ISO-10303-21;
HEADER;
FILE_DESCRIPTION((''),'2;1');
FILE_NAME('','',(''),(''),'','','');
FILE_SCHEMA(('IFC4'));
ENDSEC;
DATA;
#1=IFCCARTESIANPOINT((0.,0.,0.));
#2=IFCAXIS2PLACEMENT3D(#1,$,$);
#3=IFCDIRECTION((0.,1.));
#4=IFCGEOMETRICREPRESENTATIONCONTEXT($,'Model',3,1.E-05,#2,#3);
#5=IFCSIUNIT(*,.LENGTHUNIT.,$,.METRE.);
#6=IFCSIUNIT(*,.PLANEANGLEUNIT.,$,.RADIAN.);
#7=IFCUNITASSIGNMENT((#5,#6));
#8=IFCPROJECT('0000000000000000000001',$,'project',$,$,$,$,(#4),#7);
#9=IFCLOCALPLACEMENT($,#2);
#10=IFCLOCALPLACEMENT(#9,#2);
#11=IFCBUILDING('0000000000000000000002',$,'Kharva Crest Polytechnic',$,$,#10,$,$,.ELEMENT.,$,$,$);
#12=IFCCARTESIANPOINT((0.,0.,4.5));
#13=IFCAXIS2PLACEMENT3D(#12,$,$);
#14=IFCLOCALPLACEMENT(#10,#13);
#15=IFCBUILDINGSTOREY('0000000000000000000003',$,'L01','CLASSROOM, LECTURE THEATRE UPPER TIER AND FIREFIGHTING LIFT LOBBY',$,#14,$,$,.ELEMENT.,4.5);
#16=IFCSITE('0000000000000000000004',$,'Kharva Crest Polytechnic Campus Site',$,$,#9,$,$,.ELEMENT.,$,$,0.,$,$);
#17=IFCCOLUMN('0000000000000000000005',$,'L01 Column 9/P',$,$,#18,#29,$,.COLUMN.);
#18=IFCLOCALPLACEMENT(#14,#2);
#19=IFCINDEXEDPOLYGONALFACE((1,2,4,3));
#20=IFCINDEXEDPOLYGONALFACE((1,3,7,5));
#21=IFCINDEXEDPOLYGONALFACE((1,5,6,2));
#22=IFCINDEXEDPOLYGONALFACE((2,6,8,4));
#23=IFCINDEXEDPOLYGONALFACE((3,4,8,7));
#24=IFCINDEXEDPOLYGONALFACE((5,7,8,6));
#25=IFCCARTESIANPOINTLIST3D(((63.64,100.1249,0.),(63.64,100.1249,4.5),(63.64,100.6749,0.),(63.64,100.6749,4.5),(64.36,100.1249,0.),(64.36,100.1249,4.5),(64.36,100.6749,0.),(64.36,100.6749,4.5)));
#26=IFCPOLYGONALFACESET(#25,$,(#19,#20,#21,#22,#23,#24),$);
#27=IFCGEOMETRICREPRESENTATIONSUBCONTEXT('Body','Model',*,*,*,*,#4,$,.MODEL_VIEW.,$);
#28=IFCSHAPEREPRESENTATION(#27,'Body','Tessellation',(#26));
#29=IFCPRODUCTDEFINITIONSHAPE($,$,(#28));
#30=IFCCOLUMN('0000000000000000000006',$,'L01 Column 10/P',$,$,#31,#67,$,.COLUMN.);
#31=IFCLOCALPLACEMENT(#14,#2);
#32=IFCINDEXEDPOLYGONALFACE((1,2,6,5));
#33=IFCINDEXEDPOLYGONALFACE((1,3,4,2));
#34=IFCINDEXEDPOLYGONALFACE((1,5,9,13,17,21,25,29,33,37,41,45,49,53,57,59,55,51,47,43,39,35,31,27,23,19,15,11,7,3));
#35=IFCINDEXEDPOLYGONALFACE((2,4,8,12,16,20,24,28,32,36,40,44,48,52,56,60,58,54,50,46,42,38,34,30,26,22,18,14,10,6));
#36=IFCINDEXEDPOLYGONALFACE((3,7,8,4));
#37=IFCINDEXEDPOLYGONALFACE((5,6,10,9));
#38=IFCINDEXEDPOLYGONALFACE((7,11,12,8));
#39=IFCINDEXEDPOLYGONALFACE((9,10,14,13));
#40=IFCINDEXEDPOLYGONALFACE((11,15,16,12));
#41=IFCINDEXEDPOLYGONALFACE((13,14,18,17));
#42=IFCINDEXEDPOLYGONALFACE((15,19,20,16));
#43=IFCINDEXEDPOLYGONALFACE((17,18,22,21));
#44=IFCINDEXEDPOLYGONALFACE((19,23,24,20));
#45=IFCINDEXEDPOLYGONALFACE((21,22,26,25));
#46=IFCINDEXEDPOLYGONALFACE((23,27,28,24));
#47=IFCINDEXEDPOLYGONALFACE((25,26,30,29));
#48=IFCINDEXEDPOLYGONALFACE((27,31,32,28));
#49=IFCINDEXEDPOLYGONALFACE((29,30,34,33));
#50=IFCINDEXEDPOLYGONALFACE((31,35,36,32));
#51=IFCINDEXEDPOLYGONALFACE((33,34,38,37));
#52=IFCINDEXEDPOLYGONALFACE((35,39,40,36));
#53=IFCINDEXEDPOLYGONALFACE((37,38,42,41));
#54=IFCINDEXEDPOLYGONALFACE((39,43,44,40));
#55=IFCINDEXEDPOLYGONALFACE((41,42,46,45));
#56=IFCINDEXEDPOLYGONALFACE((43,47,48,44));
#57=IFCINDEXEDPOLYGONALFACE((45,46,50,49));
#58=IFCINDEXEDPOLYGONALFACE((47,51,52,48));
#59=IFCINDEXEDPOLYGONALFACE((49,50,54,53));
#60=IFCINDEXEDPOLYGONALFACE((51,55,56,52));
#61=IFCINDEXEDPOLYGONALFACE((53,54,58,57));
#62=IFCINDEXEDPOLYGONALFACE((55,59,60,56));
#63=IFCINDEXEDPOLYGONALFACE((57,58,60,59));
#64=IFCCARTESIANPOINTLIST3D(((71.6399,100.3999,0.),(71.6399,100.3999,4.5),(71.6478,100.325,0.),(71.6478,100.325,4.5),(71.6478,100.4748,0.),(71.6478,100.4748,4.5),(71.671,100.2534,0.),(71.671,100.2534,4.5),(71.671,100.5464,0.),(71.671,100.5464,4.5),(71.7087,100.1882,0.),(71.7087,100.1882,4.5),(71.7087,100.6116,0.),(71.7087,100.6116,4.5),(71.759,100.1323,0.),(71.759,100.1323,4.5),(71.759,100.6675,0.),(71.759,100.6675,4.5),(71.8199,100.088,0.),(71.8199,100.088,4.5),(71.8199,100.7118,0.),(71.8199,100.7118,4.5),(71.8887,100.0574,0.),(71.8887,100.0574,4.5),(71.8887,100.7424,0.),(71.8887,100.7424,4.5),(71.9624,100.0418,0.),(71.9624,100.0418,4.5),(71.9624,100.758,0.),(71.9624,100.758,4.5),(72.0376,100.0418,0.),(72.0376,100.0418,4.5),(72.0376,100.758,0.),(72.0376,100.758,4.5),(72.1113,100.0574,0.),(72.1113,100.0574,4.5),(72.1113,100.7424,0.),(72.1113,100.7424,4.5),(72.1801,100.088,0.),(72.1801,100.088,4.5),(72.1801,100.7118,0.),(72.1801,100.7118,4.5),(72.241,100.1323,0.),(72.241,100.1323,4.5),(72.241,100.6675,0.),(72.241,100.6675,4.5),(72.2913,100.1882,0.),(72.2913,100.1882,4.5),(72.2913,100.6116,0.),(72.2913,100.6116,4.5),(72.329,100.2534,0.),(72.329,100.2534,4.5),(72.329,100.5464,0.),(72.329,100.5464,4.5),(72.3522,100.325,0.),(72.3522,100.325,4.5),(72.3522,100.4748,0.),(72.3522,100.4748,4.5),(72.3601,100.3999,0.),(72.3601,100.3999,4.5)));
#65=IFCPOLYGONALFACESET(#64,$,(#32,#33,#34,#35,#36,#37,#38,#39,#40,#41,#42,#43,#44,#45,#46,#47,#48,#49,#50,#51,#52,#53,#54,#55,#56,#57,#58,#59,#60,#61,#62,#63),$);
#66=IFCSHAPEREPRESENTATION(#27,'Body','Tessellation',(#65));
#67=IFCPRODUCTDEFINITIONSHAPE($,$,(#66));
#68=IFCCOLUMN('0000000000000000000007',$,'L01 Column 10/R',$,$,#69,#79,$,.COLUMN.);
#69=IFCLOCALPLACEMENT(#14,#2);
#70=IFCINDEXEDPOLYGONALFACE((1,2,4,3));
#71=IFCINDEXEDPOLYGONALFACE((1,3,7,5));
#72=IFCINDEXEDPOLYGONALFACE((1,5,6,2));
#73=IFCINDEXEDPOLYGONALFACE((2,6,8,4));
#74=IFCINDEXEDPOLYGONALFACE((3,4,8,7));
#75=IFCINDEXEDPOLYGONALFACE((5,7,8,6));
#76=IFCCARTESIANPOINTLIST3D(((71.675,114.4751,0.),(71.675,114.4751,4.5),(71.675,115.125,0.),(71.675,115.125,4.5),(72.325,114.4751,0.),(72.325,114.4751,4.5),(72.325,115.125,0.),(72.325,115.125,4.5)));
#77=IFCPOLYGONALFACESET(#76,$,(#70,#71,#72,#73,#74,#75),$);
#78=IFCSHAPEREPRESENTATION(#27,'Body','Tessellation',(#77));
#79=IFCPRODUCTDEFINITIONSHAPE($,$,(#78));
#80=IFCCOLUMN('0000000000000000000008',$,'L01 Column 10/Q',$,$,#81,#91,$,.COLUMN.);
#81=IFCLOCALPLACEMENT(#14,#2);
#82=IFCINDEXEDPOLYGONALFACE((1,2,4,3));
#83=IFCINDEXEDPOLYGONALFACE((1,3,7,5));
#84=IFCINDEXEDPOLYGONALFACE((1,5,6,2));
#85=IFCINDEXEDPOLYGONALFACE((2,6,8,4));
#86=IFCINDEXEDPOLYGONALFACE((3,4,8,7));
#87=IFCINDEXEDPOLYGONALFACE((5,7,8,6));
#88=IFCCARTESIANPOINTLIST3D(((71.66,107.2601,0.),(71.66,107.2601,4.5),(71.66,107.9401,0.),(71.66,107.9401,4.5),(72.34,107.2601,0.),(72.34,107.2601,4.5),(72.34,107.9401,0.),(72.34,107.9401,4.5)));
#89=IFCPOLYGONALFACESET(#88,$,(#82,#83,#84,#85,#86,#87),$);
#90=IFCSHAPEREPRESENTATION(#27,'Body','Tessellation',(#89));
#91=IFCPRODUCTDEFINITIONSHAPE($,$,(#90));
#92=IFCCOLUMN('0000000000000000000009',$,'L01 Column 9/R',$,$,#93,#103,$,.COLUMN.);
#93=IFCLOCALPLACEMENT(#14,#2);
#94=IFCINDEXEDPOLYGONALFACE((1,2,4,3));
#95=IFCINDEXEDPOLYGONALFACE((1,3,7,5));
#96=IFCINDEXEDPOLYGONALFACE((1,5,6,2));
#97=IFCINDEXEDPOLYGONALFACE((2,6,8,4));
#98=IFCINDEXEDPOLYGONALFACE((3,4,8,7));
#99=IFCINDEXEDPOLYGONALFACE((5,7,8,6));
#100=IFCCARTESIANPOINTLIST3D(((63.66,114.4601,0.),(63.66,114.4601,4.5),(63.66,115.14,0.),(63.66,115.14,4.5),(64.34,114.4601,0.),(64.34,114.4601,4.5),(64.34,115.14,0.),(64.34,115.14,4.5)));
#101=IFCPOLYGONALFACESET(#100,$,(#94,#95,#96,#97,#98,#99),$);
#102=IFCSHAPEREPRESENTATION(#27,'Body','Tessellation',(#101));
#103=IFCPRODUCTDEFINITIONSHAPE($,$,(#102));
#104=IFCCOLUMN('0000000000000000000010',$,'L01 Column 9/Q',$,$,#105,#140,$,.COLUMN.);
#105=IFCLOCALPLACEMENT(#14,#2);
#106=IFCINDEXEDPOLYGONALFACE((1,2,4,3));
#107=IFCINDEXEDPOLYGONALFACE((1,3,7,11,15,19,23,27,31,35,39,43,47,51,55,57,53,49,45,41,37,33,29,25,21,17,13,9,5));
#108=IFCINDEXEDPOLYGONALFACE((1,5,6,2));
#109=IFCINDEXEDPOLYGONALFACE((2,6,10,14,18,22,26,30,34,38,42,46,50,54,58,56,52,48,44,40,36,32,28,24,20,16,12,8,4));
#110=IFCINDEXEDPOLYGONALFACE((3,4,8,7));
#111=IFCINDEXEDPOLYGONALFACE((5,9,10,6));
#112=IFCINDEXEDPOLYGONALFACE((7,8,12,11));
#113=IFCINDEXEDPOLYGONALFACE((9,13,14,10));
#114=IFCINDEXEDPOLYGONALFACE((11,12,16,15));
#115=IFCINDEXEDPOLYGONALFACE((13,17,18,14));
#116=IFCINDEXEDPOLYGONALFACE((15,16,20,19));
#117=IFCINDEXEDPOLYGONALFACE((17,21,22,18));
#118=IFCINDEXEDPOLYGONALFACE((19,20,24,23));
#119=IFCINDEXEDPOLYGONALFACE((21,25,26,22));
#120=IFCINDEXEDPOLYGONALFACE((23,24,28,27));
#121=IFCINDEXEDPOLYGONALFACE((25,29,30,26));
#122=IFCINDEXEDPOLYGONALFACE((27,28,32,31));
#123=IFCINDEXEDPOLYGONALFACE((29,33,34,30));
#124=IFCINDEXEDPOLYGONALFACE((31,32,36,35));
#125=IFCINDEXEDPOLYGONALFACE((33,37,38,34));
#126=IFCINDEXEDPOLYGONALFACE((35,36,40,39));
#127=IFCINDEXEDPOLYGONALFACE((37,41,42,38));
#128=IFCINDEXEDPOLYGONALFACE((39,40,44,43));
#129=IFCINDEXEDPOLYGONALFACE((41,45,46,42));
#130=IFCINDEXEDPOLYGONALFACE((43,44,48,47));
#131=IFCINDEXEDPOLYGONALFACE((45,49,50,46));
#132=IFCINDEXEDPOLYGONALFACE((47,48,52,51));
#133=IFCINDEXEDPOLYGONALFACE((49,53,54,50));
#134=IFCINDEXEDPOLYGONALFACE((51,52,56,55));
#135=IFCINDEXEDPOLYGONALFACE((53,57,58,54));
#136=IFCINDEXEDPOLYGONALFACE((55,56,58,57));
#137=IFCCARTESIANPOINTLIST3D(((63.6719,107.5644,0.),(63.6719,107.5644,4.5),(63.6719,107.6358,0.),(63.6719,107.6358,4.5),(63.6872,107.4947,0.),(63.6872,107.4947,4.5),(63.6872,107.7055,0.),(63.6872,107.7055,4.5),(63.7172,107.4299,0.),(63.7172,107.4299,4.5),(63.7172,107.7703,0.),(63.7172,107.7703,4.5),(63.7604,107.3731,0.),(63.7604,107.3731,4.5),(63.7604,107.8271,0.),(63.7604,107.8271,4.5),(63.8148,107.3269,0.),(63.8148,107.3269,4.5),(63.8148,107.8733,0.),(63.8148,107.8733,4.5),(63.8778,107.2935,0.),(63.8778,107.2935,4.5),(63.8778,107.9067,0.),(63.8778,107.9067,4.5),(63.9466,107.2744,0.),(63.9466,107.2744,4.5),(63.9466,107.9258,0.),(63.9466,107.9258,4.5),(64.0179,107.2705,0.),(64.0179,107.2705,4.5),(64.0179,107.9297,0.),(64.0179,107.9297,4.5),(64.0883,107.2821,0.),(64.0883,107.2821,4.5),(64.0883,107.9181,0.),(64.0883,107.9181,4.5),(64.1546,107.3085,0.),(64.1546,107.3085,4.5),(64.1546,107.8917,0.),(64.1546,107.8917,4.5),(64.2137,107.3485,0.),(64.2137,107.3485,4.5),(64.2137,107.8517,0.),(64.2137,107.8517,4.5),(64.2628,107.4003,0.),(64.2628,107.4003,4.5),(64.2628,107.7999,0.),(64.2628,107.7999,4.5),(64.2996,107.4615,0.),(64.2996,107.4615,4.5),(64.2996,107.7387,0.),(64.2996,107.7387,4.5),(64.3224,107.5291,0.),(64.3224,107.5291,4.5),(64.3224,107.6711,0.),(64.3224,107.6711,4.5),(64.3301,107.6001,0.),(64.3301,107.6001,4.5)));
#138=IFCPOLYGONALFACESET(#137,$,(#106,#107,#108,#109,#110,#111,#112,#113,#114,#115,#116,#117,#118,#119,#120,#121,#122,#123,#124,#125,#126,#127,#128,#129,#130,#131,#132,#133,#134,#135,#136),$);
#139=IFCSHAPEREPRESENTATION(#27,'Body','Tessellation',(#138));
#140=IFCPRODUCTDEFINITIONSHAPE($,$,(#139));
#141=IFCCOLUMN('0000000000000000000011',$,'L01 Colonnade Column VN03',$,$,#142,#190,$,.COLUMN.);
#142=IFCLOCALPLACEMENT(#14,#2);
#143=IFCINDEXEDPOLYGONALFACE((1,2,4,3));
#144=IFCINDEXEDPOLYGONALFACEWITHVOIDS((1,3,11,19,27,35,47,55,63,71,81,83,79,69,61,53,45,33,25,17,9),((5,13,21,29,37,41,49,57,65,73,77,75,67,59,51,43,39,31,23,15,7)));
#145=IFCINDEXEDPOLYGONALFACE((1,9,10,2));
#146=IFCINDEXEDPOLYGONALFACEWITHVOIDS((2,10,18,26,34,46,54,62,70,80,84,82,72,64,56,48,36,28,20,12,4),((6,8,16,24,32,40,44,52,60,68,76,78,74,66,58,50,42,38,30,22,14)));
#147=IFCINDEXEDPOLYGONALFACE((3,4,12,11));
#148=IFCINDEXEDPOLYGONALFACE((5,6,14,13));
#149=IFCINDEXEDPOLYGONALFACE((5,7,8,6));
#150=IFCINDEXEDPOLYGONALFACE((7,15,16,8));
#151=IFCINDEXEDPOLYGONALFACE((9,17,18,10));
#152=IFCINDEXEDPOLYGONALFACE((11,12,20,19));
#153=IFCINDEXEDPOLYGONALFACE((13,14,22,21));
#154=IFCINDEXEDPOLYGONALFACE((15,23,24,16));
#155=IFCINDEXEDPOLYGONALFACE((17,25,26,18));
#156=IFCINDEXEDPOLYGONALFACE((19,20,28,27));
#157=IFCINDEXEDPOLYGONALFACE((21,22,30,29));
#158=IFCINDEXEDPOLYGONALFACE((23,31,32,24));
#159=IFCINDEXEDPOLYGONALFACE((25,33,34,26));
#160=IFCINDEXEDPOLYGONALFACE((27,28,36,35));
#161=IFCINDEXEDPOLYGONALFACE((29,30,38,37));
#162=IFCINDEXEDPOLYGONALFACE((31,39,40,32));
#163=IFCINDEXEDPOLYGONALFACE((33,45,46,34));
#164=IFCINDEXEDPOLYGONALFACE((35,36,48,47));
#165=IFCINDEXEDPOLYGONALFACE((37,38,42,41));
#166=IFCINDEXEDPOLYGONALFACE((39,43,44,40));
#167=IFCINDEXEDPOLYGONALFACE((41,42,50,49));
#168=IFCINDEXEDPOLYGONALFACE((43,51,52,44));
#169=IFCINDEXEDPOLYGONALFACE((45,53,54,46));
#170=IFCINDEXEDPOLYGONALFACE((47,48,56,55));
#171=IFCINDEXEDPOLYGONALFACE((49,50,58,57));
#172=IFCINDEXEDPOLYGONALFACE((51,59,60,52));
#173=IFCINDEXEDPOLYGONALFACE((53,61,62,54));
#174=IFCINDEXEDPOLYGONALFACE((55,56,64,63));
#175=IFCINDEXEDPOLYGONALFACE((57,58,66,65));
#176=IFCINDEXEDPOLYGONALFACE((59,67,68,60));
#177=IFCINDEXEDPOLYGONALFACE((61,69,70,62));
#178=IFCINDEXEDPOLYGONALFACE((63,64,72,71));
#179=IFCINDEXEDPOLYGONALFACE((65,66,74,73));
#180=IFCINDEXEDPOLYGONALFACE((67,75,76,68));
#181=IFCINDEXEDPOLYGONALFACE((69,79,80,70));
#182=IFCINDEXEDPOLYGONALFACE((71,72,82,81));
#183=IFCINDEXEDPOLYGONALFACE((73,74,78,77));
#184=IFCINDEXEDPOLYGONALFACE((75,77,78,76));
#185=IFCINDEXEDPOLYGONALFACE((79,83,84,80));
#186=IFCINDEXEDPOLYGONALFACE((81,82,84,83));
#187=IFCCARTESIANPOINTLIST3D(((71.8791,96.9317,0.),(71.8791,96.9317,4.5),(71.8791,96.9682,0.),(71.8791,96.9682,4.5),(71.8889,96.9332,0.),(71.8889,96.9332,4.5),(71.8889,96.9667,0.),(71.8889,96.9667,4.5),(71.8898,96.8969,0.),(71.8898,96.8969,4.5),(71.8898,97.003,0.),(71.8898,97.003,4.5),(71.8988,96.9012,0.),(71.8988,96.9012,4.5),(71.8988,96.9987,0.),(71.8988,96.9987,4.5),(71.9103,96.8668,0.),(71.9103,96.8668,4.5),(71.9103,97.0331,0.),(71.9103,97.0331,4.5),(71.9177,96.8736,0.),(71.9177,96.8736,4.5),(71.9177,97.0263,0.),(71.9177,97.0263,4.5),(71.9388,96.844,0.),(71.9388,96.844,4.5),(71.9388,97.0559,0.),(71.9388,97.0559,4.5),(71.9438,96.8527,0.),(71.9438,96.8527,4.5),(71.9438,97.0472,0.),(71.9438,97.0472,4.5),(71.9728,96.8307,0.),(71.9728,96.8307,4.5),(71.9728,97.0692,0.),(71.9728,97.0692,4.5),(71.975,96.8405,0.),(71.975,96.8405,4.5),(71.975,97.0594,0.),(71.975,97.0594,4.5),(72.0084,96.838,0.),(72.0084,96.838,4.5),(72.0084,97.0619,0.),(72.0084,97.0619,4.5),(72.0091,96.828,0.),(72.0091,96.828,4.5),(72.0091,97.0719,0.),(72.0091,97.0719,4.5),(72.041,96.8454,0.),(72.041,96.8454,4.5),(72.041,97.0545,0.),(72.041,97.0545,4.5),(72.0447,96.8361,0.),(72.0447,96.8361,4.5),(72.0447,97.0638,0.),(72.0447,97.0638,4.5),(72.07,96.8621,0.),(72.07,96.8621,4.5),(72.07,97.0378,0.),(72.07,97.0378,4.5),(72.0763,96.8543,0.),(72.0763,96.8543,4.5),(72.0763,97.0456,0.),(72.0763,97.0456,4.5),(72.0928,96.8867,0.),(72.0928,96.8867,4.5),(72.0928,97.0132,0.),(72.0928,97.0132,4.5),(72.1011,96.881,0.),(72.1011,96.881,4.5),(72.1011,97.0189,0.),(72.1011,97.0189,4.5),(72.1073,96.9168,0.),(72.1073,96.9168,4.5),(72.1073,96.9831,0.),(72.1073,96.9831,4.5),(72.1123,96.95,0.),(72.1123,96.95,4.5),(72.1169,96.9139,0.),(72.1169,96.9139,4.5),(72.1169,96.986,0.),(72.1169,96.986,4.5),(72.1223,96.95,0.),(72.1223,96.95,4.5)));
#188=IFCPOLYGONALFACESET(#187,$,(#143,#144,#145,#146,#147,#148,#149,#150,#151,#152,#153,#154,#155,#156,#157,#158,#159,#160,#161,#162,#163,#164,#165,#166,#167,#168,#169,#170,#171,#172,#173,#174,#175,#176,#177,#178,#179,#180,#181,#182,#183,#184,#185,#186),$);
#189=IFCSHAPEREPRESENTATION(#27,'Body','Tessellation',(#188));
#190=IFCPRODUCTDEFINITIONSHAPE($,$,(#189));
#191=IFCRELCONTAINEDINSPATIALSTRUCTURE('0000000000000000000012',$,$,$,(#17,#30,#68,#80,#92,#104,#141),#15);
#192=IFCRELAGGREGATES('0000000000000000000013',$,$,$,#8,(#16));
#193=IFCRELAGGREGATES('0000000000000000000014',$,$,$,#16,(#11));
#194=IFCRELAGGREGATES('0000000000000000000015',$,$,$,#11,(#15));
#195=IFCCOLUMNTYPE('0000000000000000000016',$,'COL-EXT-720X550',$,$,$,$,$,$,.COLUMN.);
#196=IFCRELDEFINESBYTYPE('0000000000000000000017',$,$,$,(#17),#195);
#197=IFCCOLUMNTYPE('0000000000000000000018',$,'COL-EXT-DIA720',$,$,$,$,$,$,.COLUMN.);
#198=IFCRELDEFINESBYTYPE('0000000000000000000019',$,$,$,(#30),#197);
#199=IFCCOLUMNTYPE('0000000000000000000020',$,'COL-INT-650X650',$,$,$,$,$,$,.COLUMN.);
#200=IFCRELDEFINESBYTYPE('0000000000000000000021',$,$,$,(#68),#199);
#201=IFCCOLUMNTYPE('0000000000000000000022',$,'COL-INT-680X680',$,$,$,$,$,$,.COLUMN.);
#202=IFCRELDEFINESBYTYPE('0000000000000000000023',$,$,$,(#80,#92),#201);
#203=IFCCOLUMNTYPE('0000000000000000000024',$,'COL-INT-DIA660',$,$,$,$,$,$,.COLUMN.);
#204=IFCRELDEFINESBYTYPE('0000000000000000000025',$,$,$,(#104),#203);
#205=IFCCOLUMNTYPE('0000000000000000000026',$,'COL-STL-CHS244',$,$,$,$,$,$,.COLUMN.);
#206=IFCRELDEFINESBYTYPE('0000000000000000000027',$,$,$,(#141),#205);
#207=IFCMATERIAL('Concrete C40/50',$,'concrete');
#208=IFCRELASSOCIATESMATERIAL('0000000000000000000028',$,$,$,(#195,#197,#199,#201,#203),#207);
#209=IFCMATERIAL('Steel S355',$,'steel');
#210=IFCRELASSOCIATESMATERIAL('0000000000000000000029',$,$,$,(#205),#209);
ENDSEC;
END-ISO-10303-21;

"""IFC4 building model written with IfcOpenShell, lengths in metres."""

from ifc_helpers import new_model, si_unit, direction, frame, origin, origin_2d, place, context, subcontext, project, spatial, rectangle, circle, hollow_circle, extrude, material, material_profile, profile_set, type_object, element, save


model = new_model("IFC4")

# Units and contexts
model_context = context("Model", 3, precision=1e-05, world=origin(), true_north=direction((0.0, 1.0)))
body_context = subcontext(model_context, "Body", "Model", "MODEL_VIEW")
ifc_project = project(units=[si_unit("LENGTHUNIT", "METRE"), si_unit("PLANEANGLEUNIT", "RADIAN")], contexts=[model_context])

# Site, building, storey
site_placement = place(None, origin())
site = spatial("IfcSite", under=ifc_project, at=site_placement, Name="Kharva Crest Polytechnic Campus Site", CompositionType="ELEMENT", RefElevation=0.0)
building_placement = place(site_placement, origin())
building = spatial("IfcBuilding", under=site, at=building_placement, Name="Kharva Crest Polytechnic", CompositionType="ELEMENT")
storey_placement = place(building_placement, frame((0.0, 0.0, 4.5)))
storey = spatial("IfcBuildingStorey", under=building, at=storey_placement, Name="L01", Description="CLASSROOM, LECTURE THEATRE UPPER TIER AND FIREFIGHTING LIFT LOBBY", CompositionType="ELEMENT", Elevation=4.5)

# Columns
ifc_material_1 = material(Name="Concrete C40/50", Category="concrete")
ifc_material_profile_1 = material_profile(ifc_material_1, rectangle(XDim=0.72, YDim=0.55, at=origin_2d()), Name="RECT 720 X 550")
ifc_profile_set_1 = profile_set([ifc_material_profile_1], Name="Concrete C40/50")
column_type_1 = type_object("IfcColumnType", Name="COL-EXT-720X550", PredefinedType="COLUMN", material=ifc_profile_set_1)
column_1_placement = place(storey_placement, frame((64.0, 100.3999, 0.0), z_axis=(0.0, 0.0, 1.0), x_axis=(1.0, 0.0, 0.0)))
element("IfcColumn", 1, at=column_1_placement, inside=storey, type_object=column_type_1, Name="L01 Column 9/P", PredefinedType="COLUMN", context=body_context, shape_type="SweptSolid", body=[
    extrude(rectangle(XDim=0.72, YDim=0.55, at=origin_2d()), origin(), (0.0, 0.0, 1.0), 4.5),
])
ifc_material_profile_2 = material_profile(ifc_material_1, circle(Radius=0.3601, at=origin_2d()), Name="DIA 720")
ifc_profile_set_2 = profile_set([ifc_material_profile_2], Name="Concrete C40/50")
column_type_2 = type_object("IfcColumnType", Name="COL-EXT-DIA720", PredefinedType="COLUMN", material=ifc_profile_set_2)
column_2_placement = place(storey_placement, frame((72.0, 100.3999, 0.0), z_axis=(0.0, 0.0, 1.0), x_axis=(1.0, 0.0, 0.0)))
element("IfcColumn", 2, at=column_2_placement, inside=storey, type_object=column_type_2, Name="L01 Column 10/P", PredefinedType="COLUMN", context=body_context, shape_type="SweptSolid", body=[
    extrude(circle(Radius=0.3601, at=origin_2d()), origin(), (0.0, 0.0, 1.0), 4.5),
])
ifc_material_profile_3 = material_profile(ifc_material_1, rectangle(XDim=0.6499, YDim=0.6499, at=origin_2d()), Name="RECT 650 X 650")
ifc_profile_set_3 = profile_set([ifc_material_profile_3], Name="Concrete C40/50")
column_type_3 = type_object("IfcColumnType", Name="COL-INT-650X650", PredefinedType="COLUMN", material=ifc_profile_set_3)
column_3_placement = place(storey_placement, frame((72.0, 114.8, 0.0), z_axis=(0.0, 0.0, 1.0), x_axis=(1.0, 0.0, 0.0)))
element("IfcColumn", 3, at=column_3_placement, inside=storey, type_object=column_type_3, Name="L01 Column 10/R", PredefinedType="COLUMN", context=body_context, shape_type="SweptSolid", body=[
    extrude(rectangle(XDim=0.6499, YDim=0.6499, at=origin_2d()), origin(), (0.0, 0.0, 1.0), 4.5),
])
ifc_material_profile_4 = material_profile(ifc_material_1, rectangle(XDim=0.6799, YDim=0.6799, at=origin_2d()), Name="RECT 680 X 680")
ifc_profile_set_4 = profile_set([ifc_material_profile_4], Name="Concrete C40/50")
column_type_4 = type_object("IfcColumnType", Name="COL-INT-680X680", PredefinedType="COLUMN", material=ifc_profile_set_4)
for number, where, z_axis, x_axis, name in (
    (4, (72.0, 107.6001, 0.0), (0.0, 0.0, 1.0), (1.0, 0.0, 0.0), "L01 Column 10/Q"),
    (5, (64.0, 114.8, 0.0), (0.0, 0.0, 1.0), (1.0, 0.0, 0.0), "L01 Column 9/R"),
):
    element("IfcColumn", number, at=place(storey_placement, frame(where, z_axis=z_axis, x_axis=x_axis)), inside=storey, type_object=column_type_4, Name=name, PredefinedType="COLUMN", context=body_context, shape_type="SweptSolid", body=[
        extrude(rectangle(XDim=0.6799, YDim=0.6799, at=origin_2d()), origin(), (0.0, 0.0, 1.0), 4.5),
    ])
ifc_material_profile_5 = material_profile(ifc_material_1, circle(Radius=0.3301, at=origin_2d()), Name="DIA 660")
ifc_profile_set_5 = profile_set([ifc_material_profile_5], Name="Concrete C40/50")
column_type_5 = type_object("IfcColumnType", Name="COL-INT-DIA660", PredefinedType="COLUMN", material=ifc_profile_set_5)
column_4_placement = place(storey_placement, frame((64.0, 107.6001, 0.0), z_axis=(0.0, 0.0, 1.0), x_axis=(1.0, 0.0, 0.0)))
element("IfcColumn", 6, at=column_4_placement, inside=storey, type_object=column_type_5, Name="L01 Column 9/Q", PredefinedType="COLUMN", context=body_context, shape_type="SweptSolid", body=[
    extrude(circle(Radius=0.3301, at=origin_2d()), origin(), (0.0, 0.0, 1.0), 4.5),
])
ifc_material_2 = material(Name="Steel S355", Category="steel")
ifc_material_profile_6 = material_profile(ifc_material_2, hollow_circle(Radius=0.1223, WallThickness=0.01, at=origin_2d()), Name="CHS 244.5X10.0")
ifc_profile_set_6 = profile_set([ifc_material_profile_6], Name="Steel S355")
column_type_6 = type_object("IfcColumnType", Name="COL-STL-CHS244", PredefinedType="COLUMN", material=ifc_profile_set_6)
for number, where, z_axis, x_axis, name in (
    (7, (72.0, 96.95, 0.0), (0.0, 0.0, 1.0), (1.0, 0.0, 0.0), "L01 Colonnade Column VN03"),
):
    element("IfcColumn", number, at=place(storey_placement, frame(where, z_axis=z_axis, x_axis=x_axis)), inside=storey, type_object=column_type_6, Name=name, PredefinedType="COLUMN", context=body_context, shape_type="SweptSolid", body=[
        extrude(hollow_circle(Radius=0.1223, WallThickness=0.01, at=origin_2d()), origin(), (0.0, 0.0, 1.0), 4.5),
    ])

save(model, "model.ifc")
